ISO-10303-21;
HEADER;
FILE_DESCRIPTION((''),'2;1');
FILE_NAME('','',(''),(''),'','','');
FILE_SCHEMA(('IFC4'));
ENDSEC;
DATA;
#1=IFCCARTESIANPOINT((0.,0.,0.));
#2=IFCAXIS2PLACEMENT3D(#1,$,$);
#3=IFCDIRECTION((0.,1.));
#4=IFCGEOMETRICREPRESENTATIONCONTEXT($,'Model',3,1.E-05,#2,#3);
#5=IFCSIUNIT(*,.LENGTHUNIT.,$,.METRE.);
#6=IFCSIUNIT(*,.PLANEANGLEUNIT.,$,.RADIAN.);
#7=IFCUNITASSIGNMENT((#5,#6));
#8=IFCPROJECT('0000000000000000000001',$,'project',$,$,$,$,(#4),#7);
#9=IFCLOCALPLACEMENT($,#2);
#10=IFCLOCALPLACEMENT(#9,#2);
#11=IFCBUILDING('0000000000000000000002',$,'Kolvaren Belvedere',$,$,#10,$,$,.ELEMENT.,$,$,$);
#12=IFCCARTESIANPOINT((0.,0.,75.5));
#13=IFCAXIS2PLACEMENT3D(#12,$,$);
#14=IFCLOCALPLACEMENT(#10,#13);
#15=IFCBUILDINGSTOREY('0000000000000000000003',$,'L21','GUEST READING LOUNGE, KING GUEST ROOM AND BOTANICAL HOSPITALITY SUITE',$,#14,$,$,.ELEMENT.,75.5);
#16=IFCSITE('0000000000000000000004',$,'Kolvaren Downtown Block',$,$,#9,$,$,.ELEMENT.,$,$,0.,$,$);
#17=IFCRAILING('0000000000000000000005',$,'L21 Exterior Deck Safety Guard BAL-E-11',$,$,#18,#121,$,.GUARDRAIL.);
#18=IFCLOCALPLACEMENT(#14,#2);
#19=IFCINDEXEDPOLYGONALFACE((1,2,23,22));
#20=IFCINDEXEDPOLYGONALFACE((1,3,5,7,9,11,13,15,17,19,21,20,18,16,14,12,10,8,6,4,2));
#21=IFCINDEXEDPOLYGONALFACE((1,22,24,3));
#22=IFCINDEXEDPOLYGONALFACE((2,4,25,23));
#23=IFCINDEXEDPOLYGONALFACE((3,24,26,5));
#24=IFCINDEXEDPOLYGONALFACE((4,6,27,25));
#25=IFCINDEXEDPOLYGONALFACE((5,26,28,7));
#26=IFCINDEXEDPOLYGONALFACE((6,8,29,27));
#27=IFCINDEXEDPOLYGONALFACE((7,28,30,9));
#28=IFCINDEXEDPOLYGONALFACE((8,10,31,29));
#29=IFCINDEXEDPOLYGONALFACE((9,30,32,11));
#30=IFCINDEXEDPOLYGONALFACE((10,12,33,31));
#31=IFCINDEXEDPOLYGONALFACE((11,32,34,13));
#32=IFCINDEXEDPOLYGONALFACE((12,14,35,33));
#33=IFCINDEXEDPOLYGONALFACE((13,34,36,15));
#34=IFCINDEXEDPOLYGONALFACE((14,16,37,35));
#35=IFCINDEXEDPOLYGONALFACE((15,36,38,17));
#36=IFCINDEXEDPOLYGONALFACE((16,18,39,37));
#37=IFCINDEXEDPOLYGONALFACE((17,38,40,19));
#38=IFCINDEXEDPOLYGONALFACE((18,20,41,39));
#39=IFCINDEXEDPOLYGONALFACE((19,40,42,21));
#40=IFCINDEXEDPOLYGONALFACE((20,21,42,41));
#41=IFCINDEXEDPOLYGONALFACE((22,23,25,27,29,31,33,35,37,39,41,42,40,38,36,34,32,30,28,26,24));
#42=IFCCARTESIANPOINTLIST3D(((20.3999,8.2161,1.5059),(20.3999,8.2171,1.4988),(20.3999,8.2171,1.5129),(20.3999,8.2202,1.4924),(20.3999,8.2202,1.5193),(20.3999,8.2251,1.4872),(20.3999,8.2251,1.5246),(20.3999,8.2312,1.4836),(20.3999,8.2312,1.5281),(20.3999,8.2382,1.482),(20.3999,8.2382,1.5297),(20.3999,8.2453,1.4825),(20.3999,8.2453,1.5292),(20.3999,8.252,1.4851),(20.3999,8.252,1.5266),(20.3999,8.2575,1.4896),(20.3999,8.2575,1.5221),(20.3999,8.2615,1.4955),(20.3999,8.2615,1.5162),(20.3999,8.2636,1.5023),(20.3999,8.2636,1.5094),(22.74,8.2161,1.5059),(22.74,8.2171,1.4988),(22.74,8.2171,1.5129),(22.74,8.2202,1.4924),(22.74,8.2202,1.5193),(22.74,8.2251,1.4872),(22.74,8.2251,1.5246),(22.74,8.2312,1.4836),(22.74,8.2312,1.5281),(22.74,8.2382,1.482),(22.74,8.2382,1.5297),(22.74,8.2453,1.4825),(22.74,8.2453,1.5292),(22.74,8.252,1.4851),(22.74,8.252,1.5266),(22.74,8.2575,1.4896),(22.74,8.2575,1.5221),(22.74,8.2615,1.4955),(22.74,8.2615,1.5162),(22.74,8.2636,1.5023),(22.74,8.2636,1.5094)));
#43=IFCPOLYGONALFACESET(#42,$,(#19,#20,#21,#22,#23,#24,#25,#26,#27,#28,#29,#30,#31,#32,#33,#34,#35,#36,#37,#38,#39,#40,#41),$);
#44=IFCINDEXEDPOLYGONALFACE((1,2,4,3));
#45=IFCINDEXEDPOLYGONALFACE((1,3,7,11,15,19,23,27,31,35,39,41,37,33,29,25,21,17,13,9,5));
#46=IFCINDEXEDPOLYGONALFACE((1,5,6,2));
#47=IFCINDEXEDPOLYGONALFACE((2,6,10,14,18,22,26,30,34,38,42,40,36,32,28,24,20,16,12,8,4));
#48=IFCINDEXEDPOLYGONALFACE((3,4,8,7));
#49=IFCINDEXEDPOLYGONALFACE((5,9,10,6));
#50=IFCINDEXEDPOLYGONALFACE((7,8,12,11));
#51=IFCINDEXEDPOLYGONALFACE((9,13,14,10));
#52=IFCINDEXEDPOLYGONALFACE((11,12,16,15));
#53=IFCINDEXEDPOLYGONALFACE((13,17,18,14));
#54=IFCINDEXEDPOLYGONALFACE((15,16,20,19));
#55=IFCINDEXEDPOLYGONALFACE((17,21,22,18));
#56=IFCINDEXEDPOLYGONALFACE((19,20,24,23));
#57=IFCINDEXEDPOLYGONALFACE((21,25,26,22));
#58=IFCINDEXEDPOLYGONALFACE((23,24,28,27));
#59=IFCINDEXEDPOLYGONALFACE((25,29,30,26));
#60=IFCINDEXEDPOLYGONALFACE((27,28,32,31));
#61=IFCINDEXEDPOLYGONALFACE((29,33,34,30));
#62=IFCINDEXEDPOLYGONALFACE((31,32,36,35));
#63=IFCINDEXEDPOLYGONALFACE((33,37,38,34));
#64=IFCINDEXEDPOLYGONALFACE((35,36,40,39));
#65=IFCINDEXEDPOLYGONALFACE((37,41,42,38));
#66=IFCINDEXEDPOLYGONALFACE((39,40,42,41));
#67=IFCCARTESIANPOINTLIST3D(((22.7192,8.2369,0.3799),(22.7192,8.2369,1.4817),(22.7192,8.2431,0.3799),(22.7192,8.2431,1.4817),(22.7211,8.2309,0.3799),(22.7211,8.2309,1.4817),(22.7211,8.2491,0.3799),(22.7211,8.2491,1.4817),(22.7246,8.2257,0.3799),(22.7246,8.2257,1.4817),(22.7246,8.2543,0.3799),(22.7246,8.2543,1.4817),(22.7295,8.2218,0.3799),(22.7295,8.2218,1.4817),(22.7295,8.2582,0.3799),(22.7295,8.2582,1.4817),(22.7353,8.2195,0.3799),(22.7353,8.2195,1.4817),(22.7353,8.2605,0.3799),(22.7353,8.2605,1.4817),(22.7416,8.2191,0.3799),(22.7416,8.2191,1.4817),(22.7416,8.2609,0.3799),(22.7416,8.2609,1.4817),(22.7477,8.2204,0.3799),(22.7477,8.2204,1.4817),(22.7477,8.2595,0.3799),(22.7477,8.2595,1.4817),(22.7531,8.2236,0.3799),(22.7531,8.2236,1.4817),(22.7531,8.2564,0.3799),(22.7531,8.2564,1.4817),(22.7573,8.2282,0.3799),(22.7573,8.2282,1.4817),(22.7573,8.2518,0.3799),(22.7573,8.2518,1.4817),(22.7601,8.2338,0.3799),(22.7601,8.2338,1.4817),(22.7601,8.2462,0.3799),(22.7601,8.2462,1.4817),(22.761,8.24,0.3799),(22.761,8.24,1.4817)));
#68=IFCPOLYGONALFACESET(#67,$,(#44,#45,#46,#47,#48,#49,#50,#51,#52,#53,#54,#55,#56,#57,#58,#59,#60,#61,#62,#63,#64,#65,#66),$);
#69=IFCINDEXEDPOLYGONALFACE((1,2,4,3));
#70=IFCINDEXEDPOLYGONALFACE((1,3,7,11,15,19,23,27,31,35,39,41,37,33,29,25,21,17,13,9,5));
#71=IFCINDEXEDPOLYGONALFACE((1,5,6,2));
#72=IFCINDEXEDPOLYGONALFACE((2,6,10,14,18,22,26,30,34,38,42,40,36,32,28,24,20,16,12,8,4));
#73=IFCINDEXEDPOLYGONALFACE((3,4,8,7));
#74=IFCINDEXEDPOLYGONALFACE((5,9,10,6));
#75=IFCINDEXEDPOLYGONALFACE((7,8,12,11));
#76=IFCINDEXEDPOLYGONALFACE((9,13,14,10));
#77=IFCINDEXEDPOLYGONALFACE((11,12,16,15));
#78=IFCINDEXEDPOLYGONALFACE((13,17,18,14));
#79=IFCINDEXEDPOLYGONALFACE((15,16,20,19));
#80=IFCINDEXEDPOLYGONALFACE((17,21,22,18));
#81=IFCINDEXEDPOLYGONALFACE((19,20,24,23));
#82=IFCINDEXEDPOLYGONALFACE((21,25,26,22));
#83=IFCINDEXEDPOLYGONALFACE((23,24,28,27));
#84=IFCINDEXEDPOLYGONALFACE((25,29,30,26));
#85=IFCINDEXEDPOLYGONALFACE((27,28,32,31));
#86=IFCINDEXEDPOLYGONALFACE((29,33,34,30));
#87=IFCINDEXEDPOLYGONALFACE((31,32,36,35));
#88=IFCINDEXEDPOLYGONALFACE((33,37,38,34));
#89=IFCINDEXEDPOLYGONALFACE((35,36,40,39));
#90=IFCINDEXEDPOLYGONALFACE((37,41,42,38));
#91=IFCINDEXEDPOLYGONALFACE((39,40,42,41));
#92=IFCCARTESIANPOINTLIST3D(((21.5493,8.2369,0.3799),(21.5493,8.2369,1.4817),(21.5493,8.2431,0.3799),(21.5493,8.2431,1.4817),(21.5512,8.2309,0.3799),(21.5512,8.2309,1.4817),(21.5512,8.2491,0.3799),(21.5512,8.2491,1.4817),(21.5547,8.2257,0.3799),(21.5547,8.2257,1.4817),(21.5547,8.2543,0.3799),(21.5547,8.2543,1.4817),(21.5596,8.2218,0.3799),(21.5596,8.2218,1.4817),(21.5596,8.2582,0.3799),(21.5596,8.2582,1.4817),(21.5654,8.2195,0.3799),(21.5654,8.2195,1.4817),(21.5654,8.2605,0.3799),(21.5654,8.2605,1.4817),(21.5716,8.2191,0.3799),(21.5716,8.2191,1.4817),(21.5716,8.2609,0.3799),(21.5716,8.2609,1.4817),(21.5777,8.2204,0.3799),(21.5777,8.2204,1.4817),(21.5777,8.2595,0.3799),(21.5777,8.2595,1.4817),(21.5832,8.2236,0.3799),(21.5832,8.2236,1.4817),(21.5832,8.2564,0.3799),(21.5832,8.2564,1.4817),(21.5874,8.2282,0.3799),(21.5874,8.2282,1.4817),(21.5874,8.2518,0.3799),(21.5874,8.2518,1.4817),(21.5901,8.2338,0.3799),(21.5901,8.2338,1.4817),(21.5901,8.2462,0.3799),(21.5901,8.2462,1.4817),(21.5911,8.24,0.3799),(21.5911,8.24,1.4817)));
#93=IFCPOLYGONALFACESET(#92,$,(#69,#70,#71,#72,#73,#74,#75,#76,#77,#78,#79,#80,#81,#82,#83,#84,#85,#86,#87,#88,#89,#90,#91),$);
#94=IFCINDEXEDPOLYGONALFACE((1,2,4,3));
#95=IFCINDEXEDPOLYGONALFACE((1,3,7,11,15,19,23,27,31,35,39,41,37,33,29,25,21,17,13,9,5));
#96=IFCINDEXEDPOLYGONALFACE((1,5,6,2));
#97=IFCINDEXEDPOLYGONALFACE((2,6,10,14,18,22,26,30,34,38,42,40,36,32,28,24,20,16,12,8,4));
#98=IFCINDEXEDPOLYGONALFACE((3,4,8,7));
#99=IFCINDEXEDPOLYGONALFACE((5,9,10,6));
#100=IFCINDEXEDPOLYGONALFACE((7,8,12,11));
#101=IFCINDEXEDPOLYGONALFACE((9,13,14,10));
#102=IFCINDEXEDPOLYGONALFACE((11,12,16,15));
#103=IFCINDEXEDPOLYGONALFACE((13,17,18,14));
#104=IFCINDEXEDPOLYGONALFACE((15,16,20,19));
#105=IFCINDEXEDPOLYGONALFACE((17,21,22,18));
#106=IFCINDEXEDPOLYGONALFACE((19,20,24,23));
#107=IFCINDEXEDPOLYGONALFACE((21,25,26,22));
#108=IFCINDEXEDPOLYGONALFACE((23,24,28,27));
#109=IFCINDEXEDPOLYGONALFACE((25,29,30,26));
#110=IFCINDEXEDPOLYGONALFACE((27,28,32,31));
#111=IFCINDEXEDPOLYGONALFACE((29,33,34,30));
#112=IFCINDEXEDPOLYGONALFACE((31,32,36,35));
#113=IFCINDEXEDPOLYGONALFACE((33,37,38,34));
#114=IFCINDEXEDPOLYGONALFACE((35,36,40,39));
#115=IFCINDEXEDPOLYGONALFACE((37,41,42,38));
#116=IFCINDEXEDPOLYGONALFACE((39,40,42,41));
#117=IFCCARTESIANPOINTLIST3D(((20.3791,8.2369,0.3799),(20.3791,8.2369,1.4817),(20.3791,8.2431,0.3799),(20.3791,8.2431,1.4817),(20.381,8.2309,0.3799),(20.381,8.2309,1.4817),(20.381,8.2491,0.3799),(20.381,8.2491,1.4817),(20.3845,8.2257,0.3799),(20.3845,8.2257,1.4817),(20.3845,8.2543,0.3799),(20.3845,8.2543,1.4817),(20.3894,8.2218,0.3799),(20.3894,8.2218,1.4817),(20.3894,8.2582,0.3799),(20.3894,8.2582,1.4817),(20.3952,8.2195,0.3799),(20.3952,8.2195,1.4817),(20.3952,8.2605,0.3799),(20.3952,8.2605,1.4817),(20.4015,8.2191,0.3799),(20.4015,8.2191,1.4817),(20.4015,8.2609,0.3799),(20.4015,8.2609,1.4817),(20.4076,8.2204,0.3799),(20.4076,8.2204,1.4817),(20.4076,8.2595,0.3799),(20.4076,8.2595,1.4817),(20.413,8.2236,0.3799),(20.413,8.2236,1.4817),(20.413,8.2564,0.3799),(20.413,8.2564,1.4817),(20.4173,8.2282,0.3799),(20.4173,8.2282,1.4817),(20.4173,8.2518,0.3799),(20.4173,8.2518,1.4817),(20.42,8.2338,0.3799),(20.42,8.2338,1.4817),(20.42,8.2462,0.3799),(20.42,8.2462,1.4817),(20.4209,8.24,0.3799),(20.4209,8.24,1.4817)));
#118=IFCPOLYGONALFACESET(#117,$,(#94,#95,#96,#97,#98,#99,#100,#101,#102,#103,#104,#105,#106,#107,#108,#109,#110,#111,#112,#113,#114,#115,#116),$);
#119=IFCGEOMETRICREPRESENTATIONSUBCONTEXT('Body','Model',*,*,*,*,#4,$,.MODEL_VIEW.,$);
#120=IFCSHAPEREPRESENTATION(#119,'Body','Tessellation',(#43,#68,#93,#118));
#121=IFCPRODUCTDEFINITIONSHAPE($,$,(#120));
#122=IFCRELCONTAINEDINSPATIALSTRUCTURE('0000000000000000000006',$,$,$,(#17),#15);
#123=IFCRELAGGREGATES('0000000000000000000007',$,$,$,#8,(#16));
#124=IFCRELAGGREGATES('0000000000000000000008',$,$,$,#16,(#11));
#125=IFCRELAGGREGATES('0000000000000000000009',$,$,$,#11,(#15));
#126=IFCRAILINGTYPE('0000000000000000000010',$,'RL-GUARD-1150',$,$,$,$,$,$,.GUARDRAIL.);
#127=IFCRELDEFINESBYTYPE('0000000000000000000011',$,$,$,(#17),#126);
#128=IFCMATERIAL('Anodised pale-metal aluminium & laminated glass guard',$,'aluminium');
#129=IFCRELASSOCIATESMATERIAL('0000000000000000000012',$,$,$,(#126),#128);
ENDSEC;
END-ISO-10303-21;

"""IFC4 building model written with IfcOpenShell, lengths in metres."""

from ifc_helpers import new_model, si_unit, direction, frame, origin, origin_2d, place, context, subcontext, project, spatial, circle, extrude, material, type_object, element, save


model = new_model("IFC4")

# Units and contexts
model_context = context("Model", 3, precision=1e-05, world=origin(), true_north=direction((0.0, 1.0)))
body_context = subcontext(model_context, "Body", "Model", "MODEL_VIEW")
ifc_project = project(units=[si_unit("LENGTHUNIT", "METRE"), si_unit("PLANEANGLEUNIT", "RADIAN")], contexts=[model_context])

# Site, building, storey
site_placement = place(None, origin())
site = spatial("IfcSite", under=ifc_project, at=site_placement, Name="Kolvaren Downtown Block", CompositionType="ELEMENT", RefElevation=0.0)
building_placement = place(site_placement, origin())
building = spatial("IfcBuilding", under=site, at=building_placement, Name="Kolvaren Belvedere", CompositionType="ELEMENT")
storey_placement = place(building_placement, frame((0.0, 0.0, 75.5)))
storey = spatial("IfcBuildingStorey", under=building, at=storey_placement, Name="L21", Description="GUEST READING LOUNGE, KING GUEST ROOM AND BOTANICAL HOSPITALITY SUITE", CompositionType="ELEMENT", Elevation=75.5)

# Railing
ifc_material_1 = material(Name="Anodised pale-metal aluminium & laminated glass guard", Category="aluminium")
railing_type = type_object("IfcRailingType", Name="RL-GUARD-1150", PredefinedType="GUARDRAIL", material=ifc_material_1)
railing_1_placement = place(storey_placement, frame((22.74, 8.24, 0.3799)))
element("IfcRailing", 1, at=railing_1_placement, inside=storey, type_object=railing_type, Name="L21 Exterior Deck Safety Guard BAL-E-11", PredefinedType="GUARDRAIL", context=body_context, shape_type="SweptSolid", body=[
    extrude(circle(Radius=0.0239, at=origin_2d()), frame((0.0, 0.0, 1.126), z_axis=(-1.0, 0.0, 0.0), x_axis=(0.0, -1.0, 0.0)), (0.0, 0.0, 1.0), 2.3401),
    extrude(circle(Radius=0.021, at=origin_2d()), origin(), (0.0, 0.0, 1.0), 1.1018),
    extrude(circle(Radius=0.021, at=origin_2d()), frame((-1.1699, 0.0, 0.0)), (0.0, 0.0, 1.0), 1.1018),
    extrude(circle(Radius=0.021, at=origin_2d()), frame((-2.3401, 0.0, 0.0)), (0.0, 0.0, 1.0), 1.1018),
])

save(model, "model.ifc")
